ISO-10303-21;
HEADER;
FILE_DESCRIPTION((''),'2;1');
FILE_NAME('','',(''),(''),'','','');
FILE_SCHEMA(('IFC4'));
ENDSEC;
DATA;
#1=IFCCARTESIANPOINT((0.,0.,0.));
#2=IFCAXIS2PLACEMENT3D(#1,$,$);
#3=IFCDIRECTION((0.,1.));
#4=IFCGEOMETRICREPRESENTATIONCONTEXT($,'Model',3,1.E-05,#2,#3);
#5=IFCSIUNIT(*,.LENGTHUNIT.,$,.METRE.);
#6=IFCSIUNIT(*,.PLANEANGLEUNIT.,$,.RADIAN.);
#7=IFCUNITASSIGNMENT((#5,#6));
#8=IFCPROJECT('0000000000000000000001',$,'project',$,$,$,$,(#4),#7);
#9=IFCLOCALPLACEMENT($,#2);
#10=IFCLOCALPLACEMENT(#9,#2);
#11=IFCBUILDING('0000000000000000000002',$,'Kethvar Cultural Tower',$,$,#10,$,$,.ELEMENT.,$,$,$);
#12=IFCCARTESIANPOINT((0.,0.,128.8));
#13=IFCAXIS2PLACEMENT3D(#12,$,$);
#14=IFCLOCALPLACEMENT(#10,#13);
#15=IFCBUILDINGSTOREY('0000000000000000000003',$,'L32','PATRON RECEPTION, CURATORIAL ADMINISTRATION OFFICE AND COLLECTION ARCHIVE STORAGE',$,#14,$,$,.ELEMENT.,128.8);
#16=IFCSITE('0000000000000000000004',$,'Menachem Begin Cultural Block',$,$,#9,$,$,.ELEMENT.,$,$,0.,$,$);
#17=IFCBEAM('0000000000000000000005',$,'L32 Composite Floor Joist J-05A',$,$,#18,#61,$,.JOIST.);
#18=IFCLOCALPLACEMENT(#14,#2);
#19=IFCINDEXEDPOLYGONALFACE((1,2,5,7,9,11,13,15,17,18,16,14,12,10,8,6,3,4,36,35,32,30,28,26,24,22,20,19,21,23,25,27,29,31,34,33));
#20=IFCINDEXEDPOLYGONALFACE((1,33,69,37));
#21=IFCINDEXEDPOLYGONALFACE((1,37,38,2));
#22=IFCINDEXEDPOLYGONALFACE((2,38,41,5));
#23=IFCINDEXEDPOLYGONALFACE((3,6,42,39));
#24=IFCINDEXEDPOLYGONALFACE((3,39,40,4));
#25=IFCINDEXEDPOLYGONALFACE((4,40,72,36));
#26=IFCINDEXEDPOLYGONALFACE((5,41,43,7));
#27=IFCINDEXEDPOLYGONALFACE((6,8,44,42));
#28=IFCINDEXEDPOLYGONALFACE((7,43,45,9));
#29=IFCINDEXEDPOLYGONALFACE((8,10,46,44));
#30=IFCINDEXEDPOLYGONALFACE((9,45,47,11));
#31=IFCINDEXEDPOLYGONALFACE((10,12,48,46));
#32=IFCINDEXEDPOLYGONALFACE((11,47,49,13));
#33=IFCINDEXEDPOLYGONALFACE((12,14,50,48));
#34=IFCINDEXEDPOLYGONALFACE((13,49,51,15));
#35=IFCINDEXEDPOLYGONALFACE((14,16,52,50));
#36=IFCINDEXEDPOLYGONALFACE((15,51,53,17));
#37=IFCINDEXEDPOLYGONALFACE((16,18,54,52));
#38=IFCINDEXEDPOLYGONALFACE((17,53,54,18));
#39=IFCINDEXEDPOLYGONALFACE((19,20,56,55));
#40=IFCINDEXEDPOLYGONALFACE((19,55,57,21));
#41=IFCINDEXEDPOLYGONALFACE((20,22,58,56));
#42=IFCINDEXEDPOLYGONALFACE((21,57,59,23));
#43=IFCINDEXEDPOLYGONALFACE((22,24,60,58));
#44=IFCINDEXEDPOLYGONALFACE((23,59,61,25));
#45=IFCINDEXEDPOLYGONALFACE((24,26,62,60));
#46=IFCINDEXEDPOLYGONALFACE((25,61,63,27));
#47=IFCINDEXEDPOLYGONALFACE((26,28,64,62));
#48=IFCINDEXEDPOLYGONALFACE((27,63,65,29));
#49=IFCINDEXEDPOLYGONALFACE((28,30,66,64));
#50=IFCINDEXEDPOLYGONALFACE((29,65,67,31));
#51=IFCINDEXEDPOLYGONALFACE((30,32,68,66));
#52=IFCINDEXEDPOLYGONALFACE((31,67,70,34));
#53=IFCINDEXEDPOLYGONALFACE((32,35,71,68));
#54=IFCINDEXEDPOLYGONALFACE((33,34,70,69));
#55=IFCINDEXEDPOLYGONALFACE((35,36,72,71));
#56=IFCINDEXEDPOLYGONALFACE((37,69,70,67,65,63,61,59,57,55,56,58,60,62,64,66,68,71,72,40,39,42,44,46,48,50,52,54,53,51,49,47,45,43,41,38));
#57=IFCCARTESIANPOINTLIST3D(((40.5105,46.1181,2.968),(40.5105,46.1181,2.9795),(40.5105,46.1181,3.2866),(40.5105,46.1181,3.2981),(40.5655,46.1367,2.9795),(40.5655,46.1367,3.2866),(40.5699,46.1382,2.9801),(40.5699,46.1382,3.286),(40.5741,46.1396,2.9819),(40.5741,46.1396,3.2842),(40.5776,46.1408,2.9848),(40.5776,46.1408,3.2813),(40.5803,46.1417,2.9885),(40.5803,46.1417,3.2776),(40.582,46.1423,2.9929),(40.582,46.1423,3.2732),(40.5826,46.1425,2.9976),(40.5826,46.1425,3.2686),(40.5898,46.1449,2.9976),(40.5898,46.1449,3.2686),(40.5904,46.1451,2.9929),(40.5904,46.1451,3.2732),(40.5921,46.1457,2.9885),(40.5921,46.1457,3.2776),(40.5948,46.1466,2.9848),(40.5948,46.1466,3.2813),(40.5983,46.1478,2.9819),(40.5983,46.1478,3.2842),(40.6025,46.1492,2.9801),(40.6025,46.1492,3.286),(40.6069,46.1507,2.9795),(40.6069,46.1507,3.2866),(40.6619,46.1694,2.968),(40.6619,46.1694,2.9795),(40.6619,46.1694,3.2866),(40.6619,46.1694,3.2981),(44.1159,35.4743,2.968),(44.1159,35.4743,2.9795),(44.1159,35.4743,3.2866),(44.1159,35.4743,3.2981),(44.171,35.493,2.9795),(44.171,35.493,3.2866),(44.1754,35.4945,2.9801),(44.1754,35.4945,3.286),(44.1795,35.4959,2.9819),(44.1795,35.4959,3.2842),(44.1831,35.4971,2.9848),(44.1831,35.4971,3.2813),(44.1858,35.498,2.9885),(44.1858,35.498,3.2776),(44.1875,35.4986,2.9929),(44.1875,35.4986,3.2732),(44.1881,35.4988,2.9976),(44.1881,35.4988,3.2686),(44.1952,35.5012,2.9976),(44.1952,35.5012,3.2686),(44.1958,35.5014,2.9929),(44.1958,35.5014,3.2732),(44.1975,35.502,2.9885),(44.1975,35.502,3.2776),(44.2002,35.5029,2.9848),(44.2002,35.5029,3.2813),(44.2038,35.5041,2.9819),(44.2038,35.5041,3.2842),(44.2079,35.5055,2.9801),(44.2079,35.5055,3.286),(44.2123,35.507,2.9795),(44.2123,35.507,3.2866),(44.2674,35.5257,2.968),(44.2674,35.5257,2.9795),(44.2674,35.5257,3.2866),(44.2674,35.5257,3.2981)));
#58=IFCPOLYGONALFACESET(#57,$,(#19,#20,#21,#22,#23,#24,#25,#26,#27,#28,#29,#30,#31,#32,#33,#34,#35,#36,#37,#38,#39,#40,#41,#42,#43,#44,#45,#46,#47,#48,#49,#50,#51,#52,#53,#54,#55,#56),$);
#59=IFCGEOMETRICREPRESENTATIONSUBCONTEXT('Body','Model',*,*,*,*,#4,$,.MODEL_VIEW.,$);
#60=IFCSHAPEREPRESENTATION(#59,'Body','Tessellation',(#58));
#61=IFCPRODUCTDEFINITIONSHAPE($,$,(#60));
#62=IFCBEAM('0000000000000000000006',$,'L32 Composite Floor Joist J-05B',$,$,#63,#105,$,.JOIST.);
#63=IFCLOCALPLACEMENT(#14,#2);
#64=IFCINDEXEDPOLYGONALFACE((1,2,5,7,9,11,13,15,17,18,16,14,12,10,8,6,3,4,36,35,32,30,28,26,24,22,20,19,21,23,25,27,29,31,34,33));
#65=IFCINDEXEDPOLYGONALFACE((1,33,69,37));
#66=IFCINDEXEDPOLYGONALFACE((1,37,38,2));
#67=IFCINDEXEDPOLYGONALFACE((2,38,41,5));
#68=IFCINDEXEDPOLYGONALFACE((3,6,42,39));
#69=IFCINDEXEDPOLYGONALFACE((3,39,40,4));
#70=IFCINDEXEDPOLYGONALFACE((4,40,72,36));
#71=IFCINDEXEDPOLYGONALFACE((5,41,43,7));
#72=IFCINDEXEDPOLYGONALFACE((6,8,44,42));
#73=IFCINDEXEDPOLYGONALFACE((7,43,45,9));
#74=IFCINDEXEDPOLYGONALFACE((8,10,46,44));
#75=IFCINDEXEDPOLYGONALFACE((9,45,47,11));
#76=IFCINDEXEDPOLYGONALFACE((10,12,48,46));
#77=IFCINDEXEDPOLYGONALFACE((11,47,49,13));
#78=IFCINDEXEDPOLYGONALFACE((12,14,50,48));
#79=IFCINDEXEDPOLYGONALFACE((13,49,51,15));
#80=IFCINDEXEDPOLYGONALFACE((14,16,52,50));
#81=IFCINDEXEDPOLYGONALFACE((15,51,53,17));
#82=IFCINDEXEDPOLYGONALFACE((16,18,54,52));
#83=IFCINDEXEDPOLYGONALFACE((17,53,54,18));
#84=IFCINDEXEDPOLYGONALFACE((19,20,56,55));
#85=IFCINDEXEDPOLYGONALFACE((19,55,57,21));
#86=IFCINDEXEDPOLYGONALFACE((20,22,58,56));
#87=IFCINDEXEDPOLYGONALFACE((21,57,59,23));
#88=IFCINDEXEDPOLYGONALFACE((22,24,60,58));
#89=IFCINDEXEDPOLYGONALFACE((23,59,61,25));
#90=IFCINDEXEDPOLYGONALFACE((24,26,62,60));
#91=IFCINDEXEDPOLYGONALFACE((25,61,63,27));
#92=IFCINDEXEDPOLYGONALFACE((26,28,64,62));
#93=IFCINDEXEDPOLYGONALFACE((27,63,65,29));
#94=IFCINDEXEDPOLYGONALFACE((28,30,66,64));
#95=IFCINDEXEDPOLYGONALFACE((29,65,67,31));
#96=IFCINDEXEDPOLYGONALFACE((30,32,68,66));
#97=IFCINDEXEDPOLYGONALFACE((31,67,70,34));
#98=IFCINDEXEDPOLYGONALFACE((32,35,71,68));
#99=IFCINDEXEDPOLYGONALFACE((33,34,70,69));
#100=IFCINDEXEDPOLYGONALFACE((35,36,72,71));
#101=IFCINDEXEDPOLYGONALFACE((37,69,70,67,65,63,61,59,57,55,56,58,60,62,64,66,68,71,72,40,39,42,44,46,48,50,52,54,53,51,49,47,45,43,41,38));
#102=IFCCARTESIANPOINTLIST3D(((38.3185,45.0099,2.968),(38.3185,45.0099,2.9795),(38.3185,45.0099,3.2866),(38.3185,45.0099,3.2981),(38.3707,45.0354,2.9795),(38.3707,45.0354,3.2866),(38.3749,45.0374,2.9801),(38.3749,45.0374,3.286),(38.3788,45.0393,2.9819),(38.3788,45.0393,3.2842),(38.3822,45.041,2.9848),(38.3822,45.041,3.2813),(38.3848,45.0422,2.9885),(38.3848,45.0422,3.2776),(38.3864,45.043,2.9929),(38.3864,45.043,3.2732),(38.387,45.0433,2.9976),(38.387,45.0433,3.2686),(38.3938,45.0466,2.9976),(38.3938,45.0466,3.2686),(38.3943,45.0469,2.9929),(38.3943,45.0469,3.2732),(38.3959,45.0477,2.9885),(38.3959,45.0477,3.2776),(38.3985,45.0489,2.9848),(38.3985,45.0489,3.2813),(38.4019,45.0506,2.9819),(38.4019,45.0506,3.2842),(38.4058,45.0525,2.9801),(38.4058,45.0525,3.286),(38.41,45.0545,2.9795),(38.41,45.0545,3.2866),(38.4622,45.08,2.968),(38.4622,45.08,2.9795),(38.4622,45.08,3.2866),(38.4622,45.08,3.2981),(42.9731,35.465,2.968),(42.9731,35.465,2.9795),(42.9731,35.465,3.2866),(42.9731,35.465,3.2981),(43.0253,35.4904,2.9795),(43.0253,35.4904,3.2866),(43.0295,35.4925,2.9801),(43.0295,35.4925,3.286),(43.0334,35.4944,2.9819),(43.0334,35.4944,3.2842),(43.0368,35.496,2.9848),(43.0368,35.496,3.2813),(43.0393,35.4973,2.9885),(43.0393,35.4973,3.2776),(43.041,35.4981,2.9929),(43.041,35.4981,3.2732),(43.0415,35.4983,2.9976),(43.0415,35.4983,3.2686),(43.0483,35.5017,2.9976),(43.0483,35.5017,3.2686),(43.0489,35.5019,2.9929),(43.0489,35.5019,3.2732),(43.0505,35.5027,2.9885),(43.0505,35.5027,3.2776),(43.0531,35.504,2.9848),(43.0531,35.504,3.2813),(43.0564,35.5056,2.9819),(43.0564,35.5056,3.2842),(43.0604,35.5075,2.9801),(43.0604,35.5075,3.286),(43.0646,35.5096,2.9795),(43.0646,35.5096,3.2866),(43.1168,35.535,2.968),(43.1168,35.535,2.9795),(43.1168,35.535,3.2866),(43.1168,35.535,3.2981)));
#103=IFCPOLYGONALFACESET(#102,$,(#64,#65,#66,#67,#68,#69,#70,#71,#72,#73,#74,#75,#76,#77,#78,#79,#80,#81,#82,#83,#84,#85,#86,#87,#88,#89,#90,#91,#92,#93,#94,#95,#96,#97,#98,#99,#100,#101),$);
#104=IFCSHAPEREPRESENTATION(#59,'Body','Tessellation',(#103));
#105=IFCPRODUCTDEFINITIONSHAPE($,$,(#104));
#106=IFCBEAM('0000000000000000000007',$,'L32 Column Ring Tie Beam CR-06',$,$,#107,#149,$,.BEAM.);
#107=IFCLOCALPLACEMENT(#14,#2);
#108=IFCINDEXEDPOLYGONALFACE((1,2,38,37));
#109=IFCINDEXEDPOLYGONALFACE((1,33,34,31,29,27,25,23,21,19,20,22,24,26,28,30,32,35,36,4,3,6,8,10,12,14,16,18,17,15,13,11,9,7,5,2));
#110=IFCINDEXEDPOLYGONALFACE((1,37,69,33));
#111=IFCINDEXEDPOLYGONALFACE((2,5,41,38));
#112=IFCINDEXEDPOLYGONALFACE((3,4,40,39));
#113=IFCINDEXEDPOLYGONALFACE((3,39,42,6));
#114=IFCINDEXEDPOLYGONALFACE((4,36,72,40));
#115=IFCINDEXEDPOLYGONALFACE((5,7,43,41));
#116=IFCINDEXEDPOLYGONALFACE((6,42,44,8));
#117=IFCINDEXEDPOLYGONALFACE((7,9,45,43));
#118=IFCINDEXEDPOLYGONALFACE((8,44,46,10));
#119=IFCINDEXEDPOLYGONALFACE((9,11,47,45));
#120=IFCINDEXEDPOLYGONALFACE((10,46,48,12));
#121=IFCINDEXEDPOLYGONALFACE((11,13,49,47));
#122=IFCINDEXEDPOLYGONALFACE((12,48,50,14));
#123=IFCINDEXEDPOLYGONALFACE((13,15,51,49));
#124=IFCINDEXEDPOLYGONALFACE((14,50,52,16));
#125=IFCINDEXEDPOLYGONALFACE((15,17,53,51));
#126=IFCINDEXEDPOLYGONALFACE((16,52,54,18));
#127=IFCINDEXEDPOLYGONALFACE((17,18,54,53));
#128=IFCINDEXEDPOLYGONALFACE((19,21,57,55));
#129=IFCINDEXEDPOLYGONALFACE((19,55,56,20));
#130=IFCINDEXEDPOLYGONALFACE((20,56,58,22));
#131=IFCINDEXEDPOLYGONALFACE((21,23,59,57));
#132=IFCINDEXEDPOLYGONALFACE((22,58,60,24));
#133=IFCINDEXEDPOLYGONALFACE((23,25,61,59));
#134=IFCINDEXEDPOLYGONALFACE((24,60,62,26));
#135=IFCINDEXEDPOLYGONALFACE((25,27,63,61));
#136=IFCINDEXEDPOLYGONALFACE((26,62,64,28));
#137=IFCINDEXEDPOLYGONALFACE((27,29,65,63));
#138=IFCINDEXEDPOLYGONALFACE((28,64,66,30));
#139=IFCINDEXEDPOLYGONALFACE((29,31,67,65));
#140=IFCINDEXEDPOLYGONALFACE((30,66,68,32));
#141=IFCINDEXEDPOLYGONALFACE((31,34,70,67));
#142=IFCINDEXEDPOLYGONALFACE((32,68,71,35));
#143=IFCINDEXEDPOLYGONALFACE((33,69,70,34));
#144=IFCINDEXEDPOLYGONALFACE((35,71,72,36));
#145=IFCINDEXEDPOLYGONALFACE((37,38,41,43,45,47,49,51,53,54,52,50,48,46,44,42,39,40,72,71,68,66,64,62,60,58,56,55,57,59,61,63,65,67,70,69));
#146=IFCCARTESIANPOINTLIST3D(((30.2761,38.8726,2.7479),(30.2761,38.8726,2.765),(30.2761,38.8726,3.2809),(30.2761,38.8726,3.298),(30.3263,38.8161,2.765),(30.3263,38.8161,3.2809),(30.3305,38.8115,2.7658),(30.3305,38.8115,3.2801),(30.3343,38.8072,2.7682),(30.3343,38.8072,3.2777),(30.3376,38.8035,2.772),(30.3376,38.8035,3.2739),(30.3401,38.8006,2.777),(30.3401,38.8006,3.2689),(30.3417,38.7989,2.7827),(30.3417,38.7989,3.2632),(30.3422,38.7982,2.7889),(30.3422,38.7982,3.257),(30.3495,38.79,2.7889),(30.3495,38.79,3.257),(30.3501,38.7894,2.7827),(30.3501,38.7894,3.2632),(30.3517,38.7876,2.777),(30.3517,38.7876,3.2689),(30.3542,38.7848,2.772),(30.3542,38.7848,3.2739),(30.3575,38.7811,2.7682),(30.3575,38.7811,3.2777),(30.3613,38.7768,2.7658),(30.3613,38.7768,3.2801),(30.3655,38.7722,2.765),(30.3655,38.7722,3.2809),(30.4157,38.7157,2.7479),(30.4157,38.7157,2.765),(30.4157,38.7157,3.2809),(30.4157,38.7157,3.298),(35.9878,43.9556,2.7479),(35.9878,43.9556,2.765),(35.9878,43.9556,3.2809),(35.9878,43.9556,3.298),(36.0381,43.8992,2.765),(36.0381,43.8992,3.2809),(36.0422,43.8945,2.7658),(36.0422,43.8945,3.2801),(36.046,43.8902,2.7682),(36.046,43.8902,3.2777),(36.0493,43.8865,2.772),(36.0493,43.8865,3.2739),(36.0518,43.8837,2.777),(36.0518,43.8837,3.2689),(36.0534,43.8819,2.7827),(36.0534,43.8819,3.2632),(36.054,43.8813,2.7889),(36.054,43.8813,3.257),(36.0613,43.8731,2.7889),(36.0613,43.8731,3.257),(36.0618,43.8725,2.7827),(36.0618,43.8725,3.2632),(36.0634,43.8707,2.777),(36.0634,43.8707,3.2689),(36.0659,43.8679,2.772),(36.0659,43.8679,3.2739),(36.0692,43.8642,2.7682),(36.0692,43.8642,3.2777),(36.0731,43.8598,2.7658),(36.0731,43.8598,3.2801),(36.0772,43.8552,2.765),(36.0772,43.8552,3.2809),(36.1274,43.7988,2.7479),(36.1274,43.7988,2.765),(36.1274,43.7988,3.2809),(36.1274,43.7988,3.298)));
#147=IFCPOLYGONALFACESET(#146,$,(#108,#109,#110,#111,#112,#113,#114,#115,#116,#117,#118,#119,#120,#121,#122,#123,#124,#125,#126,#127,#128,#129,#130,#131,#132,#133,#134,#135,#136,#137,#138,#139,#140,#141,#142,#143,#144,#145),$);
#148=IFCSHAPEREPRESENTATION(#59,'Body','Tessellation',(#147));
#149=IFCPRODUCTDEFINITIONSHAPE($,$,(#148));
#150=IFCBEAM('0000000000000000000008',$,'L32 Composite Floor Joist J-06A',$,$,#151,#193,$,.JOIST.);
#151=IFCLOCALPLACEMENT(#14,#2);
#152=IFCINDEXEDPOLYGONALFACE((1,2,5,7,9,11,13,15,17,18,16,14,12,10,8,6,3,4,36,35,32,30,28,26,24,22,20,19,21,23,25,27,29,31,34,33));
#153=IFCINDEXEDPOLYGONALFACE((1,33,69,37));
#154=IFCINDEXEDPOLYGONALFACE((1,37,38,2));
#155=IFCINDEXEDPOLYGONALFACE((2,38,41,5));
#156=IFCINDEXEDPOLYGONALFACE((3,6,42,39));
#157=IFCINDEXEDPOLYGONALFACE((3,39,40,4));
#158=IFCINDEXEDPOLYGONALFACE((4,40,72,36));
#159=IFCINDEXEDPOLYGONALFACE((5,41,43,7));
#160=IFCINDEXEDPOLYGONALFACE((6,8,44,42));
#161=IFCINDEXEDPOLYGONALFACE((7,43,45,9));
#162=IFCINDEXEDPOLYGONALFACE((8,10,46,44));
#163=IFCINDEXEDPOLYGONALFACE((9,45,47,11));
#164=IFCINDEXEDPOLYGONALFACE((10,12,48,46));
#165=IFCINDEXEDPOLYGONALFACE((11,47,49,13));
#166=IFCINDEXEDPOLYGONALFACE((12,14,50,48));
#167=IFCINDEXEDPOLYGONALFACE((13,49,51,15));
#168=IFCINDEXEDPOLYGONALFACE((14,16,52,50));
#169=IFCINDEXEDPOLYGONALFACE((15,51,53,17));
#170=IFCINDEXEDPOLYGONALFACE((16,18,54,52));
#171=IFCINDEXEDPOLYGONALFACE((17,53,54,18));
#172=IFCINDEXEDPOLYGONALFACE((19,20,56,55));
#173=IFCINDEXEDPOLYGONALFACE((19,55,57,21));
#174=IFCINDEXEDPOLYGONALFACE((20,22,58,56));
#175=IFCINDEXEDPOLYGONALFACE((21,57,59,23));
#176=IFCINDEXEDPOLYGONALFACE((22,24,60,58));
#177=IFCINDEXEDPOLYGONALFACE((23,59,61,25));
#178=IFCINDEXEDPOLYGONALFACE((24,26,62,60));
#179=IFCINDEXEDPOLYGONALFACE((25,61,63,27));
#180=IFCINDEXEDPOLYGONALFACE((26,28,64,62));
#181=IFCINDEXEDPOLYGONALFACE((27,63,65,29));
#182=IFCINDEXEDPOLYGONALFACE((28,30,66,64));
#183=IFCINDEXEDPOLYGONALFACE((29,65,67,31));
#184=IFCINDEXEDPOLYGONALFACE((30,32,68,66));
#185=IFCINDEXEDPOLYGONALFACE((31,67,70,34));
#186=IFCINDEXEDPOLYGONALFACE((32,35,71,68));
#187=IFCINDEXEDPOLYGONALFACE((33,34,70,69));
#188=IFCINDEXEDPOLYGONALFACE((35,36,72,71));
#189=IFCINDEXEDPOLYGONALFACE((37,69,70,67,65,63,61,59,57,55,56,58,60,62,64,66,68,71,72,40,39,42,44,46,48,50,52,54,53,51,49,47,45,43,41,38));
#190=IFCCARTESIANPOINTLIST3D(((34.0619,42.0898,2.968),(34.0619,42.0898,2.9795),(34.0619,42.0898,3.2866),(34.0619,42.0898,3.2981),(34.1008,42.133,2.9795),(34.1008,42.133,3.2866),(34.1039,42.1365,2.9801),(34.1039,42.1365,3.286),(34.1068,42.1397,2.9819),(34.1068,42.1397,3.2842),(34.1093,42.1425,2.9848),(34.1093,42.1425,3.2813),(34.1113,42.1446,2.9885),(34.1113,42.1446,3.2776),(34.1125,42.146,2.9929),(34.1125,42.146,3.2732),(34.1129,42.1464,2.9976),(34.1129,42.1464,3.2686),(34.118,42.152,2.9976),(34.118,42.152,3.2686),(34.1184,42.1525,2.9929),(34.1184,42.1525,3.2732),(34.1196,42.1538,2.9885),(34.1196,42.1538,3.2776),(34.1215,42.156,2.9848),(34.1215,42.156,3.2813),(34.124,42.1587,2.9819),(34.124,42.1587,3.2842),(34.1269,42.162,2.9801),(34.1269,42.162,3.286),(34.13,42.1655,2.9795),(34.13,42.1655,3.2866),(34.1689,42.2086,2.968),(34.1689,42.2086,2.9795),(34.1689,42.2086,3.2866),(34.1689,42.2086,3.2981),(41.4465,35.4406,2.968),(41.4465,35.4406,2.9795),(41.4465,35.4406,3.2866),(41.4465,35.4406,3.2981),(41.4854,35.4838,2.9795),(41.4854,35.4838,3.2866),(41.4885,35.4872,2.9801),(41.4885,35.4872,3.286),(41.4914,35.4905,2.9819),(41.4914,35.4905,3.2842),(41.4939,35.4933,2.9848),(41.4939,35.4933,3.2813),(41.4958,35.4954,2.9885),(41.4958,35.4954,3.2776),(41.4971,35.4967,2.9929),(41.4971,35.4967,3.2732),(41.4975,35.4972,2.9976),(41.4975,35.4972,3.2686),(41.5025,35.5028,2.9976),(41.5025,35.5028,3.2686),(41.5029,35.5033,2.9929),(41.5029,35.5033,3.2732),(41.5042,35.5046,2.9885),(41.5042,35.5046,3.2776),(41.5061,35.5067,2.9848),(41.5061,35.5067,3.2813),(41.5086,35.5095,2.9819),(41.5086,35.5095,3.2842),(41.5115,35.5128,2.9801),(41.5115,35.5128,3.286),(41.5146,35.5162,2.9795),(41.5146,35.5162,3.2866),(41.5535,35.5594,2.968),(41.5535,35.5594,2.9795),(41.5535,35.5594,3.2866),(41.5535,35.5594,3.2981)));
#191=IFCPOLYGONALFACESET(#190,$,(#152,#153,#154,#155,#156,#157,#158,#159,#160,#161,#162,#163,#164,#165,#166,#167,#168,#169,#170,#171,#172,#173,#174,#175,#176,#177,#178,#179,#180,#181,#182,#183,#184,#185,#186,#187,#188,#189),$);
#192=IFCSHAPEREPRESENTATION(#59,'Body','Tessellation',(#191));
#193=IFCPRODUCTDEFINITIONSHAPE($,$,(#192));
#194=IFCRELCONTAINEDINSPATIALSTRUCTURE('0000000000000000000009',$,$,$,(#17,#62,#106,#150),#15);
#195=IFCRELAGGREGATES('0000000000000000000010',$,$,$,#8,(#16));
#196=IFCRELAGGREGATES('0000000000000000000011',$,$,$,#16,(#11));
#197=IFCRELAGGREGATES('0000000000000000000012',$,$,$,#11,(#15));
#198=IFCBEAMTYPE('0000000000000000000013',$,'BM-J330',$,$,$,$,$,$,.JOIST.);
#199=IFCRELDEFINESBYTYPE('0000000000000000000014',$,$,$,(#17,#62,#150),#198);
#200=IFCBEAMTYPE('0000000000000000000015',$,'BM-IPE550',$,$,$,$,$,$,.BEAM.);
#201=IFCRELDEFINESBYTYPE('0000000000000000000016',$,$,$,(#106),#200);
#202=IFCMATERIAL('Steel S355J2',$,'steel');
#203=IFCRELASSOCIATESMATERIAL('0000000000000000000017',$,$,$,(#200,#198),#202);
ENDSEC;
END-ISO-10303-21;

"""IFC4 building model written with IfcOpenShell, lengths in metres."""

from ifc_helpers import new_model, si_unit, direction, frame, origin, origin_2d, place, context, subcontext, project, spatial, i_section, extrude, source, transform, mapped, material, material_profile, profile_set, type_object, element, save


model = new_model("IFC4")

# Units and contexts
model_context = context("Model", 3, precision=1e-05, world=origin(), true_north=direction((0.0, 1.0)))
body_context = subcontext(model_context, "Body", "Model", "MODEL_VIEW")
ifc_project = project(units=[si_unit("LENGTHUNIT", "METRE"), si_unit("PLANEANGLEUNIT", "RADIAN")], contexts=[model_context])

# Site, building, storey
site_placement = place(None, origin())
site = spatial("IfcSite", under=ifc_project, at=site_placement, Name="Menachem Begin Cultural Block", CompositionType="ELEMENT", RefElevation=0.0)
building_placement = place(site_placement, origin())
building = spatial("IfcBuilding", under=site, at=building_placement, Name="Kethvar Cultural Tower", CompositionType="ELEMENT")
storey_placement = place(building_placement, frame((0.0, 0.0, 128.8)))
storey = spatial("IfcBuildingStorey", under=building, at=storey_placement, Name="L32", Description="PATRON RECEPTION, CURATORIAL ADMINISTRATION OFFICE AND COLLECTION ARCHIVE STORAGE", CompositionType="ELEMENT", Elevation=128.8)

# Beams
ifc_material_1 = material(Name="Steel S355J2", Category="steel")
ifc_material_profile_1 = material_profile(ifc_material_1, i_section(OverallWidth=0.21, OverallDepth=0.55, WebThickness=0.011, FlangeThickness=0.0171, FilletRadius=0.0239, at=origin_2d()), Name="Steel S355J2 — IPE550")
ifc_profile_set_1 = profile_set([ifc_material_profile_1], Name="Steel S355J2 — IPE550")
beam_type_1 = type_object("IfcBeamType", Name="BM-IPE550", PredefinedType="BEAM", material=ifc_profile_set_1)
ifc_material_profile_2 = material_profile(ifc_material_1, i_section(OverallWidth=0.1599, OverallDepth=0.3301, WebThickness=0.0076, FlangeThickness=0.0115, FilletRadius=0.0181, at=origin_2d()), Name="Steel S355J2 — IPE330")
ifc_profile_set_2 = profile_set([ifc_material_profile_2], Name="Steel S355J2 — IPE330")
beam_type_2 = type_object("IfcBeamType", Name="BM-J330", PredefinedType="JOIST", material=ifc_profile_set_2)
shared_shape_1 = source(origin(), body_context, "Body", "SweptSolid", [
    extrude(i_section(OverallWidth=0.1599, OverallDepth=0.3301, WebThickness=0.0076, FlangeThickness=0.0115, FilletRadius=0.0181, at=origin_2d()), origin(), (0.0, 0.0, 1.0), 11.2378),
])
beam_1_placement = place(storey_placement, frame((44.1917, 35.5, 3.1331), z_axis=(-0.320832, 0.947136, 0.0), x_axis=(-0.947136, -0.320832, 0.0)))
element("IfcBeam", 1, at=beam_1_placement, inside=storey, type_object=beam_type_2, Name="L32 Composite Floor Joist J-05A", PredefinedType="JOIST", context=body_context, shape_type="MappedRepresentation", body=[
    mapped(shared_shape_1, transform((0.0, 0.0, 0.0), scale=1.0)),
])
shared_shape_2 = source(origin(), body_context, "Body", "SweptSolid", [
    extrude(i_section(OverallWidth=0.1599, OverallDepth=0.3301, WebThickness=0.0076, FlangeThickness=0.0115, FilletRadius=0.0181, at=origin_2d()), origin(), (0.0, 0.0, 1.0), 10.6194),
])
beam_2_placement = place(storey_placement, frame((43.0449, 35.5, 3.1331), z_axis=(-0.438308, 0.898825, 0.0), x_axis=(-0.898825, -0.438308, 0.0)))
element("IfcBeam", 2, at=beam_2_placement, inside=storey, type_object=beam_type_2, Name="L32 Composite Floor Joist J-05B", PredefinedType="JOIST", context=body_context, shape_type="MappedRepresentation", body=[
    mapped(shared_shape_2, transform((0.0, 0.0, 0.0), scale=1.0)),
])
shared_shape_3 = source(origin(), body_context, "Body", "SweptSolid", [
    extrude(i_section(OverallWidth=0.21, OverallDepth=0.55, WebThickness=0.011, FlangeThickness=0.0171, FilletRadius=0.0239, at=origin_2d()), origin(), (0.0, 0.0, 1.0), 7.646),
])
beam_3_placement = place(storey_placement, frame((36.0576, 43.8772, 3.0229), z_axis=(-0.747022, -0.6648, 0.0), x_axis=(0.6648, -0.747022, 0.0)))
element("IfcBeam", 3, at=beam_3_placement, inside=storey, type_object=beam_type_1, Name="L32 Column Ring Tie Beam CR-06", PredefinedType="BEAM", context=body_context, shape_type="MappedRepresentation", body=[
    mapped(shared_shape_3, transform((0.0, 0.0, 0.0), scale=1.0)),
])
shared_shape_4 = source(origin(), body_context, "Body", "SweptSolid", [
    extrude(i_section(OverallWidth=0.1599, OverallDepth=0.3301, WebThickness=0.0076, FlangeThickness=0.0115, FilletRadius=0.0181, at=origin_2d()), origin(), (0.0, 0.0, 1.0), 9.937),
])
beam_4_placement = place(storey_placement, frame((41.5, 35.5, 3.1331), z_axis=(-0.743139, 0.669137, 0.0), x_axis=(-0.669137, -0.743139, 0.0)))
element("IfcBeam", 4, at=beam_4_placement, inside=storey, type_object=beam_type_2, Name="L32 Composite Floor Joist J-06A", PredefinedType="JOIST", context=body_context, shape_type="MappedRepresentation", body=[
    mapped(shared_shape_4, transform((0.0, 0.0, 0.0), scale=1.0)),
])

save(model, "model.ifc")
